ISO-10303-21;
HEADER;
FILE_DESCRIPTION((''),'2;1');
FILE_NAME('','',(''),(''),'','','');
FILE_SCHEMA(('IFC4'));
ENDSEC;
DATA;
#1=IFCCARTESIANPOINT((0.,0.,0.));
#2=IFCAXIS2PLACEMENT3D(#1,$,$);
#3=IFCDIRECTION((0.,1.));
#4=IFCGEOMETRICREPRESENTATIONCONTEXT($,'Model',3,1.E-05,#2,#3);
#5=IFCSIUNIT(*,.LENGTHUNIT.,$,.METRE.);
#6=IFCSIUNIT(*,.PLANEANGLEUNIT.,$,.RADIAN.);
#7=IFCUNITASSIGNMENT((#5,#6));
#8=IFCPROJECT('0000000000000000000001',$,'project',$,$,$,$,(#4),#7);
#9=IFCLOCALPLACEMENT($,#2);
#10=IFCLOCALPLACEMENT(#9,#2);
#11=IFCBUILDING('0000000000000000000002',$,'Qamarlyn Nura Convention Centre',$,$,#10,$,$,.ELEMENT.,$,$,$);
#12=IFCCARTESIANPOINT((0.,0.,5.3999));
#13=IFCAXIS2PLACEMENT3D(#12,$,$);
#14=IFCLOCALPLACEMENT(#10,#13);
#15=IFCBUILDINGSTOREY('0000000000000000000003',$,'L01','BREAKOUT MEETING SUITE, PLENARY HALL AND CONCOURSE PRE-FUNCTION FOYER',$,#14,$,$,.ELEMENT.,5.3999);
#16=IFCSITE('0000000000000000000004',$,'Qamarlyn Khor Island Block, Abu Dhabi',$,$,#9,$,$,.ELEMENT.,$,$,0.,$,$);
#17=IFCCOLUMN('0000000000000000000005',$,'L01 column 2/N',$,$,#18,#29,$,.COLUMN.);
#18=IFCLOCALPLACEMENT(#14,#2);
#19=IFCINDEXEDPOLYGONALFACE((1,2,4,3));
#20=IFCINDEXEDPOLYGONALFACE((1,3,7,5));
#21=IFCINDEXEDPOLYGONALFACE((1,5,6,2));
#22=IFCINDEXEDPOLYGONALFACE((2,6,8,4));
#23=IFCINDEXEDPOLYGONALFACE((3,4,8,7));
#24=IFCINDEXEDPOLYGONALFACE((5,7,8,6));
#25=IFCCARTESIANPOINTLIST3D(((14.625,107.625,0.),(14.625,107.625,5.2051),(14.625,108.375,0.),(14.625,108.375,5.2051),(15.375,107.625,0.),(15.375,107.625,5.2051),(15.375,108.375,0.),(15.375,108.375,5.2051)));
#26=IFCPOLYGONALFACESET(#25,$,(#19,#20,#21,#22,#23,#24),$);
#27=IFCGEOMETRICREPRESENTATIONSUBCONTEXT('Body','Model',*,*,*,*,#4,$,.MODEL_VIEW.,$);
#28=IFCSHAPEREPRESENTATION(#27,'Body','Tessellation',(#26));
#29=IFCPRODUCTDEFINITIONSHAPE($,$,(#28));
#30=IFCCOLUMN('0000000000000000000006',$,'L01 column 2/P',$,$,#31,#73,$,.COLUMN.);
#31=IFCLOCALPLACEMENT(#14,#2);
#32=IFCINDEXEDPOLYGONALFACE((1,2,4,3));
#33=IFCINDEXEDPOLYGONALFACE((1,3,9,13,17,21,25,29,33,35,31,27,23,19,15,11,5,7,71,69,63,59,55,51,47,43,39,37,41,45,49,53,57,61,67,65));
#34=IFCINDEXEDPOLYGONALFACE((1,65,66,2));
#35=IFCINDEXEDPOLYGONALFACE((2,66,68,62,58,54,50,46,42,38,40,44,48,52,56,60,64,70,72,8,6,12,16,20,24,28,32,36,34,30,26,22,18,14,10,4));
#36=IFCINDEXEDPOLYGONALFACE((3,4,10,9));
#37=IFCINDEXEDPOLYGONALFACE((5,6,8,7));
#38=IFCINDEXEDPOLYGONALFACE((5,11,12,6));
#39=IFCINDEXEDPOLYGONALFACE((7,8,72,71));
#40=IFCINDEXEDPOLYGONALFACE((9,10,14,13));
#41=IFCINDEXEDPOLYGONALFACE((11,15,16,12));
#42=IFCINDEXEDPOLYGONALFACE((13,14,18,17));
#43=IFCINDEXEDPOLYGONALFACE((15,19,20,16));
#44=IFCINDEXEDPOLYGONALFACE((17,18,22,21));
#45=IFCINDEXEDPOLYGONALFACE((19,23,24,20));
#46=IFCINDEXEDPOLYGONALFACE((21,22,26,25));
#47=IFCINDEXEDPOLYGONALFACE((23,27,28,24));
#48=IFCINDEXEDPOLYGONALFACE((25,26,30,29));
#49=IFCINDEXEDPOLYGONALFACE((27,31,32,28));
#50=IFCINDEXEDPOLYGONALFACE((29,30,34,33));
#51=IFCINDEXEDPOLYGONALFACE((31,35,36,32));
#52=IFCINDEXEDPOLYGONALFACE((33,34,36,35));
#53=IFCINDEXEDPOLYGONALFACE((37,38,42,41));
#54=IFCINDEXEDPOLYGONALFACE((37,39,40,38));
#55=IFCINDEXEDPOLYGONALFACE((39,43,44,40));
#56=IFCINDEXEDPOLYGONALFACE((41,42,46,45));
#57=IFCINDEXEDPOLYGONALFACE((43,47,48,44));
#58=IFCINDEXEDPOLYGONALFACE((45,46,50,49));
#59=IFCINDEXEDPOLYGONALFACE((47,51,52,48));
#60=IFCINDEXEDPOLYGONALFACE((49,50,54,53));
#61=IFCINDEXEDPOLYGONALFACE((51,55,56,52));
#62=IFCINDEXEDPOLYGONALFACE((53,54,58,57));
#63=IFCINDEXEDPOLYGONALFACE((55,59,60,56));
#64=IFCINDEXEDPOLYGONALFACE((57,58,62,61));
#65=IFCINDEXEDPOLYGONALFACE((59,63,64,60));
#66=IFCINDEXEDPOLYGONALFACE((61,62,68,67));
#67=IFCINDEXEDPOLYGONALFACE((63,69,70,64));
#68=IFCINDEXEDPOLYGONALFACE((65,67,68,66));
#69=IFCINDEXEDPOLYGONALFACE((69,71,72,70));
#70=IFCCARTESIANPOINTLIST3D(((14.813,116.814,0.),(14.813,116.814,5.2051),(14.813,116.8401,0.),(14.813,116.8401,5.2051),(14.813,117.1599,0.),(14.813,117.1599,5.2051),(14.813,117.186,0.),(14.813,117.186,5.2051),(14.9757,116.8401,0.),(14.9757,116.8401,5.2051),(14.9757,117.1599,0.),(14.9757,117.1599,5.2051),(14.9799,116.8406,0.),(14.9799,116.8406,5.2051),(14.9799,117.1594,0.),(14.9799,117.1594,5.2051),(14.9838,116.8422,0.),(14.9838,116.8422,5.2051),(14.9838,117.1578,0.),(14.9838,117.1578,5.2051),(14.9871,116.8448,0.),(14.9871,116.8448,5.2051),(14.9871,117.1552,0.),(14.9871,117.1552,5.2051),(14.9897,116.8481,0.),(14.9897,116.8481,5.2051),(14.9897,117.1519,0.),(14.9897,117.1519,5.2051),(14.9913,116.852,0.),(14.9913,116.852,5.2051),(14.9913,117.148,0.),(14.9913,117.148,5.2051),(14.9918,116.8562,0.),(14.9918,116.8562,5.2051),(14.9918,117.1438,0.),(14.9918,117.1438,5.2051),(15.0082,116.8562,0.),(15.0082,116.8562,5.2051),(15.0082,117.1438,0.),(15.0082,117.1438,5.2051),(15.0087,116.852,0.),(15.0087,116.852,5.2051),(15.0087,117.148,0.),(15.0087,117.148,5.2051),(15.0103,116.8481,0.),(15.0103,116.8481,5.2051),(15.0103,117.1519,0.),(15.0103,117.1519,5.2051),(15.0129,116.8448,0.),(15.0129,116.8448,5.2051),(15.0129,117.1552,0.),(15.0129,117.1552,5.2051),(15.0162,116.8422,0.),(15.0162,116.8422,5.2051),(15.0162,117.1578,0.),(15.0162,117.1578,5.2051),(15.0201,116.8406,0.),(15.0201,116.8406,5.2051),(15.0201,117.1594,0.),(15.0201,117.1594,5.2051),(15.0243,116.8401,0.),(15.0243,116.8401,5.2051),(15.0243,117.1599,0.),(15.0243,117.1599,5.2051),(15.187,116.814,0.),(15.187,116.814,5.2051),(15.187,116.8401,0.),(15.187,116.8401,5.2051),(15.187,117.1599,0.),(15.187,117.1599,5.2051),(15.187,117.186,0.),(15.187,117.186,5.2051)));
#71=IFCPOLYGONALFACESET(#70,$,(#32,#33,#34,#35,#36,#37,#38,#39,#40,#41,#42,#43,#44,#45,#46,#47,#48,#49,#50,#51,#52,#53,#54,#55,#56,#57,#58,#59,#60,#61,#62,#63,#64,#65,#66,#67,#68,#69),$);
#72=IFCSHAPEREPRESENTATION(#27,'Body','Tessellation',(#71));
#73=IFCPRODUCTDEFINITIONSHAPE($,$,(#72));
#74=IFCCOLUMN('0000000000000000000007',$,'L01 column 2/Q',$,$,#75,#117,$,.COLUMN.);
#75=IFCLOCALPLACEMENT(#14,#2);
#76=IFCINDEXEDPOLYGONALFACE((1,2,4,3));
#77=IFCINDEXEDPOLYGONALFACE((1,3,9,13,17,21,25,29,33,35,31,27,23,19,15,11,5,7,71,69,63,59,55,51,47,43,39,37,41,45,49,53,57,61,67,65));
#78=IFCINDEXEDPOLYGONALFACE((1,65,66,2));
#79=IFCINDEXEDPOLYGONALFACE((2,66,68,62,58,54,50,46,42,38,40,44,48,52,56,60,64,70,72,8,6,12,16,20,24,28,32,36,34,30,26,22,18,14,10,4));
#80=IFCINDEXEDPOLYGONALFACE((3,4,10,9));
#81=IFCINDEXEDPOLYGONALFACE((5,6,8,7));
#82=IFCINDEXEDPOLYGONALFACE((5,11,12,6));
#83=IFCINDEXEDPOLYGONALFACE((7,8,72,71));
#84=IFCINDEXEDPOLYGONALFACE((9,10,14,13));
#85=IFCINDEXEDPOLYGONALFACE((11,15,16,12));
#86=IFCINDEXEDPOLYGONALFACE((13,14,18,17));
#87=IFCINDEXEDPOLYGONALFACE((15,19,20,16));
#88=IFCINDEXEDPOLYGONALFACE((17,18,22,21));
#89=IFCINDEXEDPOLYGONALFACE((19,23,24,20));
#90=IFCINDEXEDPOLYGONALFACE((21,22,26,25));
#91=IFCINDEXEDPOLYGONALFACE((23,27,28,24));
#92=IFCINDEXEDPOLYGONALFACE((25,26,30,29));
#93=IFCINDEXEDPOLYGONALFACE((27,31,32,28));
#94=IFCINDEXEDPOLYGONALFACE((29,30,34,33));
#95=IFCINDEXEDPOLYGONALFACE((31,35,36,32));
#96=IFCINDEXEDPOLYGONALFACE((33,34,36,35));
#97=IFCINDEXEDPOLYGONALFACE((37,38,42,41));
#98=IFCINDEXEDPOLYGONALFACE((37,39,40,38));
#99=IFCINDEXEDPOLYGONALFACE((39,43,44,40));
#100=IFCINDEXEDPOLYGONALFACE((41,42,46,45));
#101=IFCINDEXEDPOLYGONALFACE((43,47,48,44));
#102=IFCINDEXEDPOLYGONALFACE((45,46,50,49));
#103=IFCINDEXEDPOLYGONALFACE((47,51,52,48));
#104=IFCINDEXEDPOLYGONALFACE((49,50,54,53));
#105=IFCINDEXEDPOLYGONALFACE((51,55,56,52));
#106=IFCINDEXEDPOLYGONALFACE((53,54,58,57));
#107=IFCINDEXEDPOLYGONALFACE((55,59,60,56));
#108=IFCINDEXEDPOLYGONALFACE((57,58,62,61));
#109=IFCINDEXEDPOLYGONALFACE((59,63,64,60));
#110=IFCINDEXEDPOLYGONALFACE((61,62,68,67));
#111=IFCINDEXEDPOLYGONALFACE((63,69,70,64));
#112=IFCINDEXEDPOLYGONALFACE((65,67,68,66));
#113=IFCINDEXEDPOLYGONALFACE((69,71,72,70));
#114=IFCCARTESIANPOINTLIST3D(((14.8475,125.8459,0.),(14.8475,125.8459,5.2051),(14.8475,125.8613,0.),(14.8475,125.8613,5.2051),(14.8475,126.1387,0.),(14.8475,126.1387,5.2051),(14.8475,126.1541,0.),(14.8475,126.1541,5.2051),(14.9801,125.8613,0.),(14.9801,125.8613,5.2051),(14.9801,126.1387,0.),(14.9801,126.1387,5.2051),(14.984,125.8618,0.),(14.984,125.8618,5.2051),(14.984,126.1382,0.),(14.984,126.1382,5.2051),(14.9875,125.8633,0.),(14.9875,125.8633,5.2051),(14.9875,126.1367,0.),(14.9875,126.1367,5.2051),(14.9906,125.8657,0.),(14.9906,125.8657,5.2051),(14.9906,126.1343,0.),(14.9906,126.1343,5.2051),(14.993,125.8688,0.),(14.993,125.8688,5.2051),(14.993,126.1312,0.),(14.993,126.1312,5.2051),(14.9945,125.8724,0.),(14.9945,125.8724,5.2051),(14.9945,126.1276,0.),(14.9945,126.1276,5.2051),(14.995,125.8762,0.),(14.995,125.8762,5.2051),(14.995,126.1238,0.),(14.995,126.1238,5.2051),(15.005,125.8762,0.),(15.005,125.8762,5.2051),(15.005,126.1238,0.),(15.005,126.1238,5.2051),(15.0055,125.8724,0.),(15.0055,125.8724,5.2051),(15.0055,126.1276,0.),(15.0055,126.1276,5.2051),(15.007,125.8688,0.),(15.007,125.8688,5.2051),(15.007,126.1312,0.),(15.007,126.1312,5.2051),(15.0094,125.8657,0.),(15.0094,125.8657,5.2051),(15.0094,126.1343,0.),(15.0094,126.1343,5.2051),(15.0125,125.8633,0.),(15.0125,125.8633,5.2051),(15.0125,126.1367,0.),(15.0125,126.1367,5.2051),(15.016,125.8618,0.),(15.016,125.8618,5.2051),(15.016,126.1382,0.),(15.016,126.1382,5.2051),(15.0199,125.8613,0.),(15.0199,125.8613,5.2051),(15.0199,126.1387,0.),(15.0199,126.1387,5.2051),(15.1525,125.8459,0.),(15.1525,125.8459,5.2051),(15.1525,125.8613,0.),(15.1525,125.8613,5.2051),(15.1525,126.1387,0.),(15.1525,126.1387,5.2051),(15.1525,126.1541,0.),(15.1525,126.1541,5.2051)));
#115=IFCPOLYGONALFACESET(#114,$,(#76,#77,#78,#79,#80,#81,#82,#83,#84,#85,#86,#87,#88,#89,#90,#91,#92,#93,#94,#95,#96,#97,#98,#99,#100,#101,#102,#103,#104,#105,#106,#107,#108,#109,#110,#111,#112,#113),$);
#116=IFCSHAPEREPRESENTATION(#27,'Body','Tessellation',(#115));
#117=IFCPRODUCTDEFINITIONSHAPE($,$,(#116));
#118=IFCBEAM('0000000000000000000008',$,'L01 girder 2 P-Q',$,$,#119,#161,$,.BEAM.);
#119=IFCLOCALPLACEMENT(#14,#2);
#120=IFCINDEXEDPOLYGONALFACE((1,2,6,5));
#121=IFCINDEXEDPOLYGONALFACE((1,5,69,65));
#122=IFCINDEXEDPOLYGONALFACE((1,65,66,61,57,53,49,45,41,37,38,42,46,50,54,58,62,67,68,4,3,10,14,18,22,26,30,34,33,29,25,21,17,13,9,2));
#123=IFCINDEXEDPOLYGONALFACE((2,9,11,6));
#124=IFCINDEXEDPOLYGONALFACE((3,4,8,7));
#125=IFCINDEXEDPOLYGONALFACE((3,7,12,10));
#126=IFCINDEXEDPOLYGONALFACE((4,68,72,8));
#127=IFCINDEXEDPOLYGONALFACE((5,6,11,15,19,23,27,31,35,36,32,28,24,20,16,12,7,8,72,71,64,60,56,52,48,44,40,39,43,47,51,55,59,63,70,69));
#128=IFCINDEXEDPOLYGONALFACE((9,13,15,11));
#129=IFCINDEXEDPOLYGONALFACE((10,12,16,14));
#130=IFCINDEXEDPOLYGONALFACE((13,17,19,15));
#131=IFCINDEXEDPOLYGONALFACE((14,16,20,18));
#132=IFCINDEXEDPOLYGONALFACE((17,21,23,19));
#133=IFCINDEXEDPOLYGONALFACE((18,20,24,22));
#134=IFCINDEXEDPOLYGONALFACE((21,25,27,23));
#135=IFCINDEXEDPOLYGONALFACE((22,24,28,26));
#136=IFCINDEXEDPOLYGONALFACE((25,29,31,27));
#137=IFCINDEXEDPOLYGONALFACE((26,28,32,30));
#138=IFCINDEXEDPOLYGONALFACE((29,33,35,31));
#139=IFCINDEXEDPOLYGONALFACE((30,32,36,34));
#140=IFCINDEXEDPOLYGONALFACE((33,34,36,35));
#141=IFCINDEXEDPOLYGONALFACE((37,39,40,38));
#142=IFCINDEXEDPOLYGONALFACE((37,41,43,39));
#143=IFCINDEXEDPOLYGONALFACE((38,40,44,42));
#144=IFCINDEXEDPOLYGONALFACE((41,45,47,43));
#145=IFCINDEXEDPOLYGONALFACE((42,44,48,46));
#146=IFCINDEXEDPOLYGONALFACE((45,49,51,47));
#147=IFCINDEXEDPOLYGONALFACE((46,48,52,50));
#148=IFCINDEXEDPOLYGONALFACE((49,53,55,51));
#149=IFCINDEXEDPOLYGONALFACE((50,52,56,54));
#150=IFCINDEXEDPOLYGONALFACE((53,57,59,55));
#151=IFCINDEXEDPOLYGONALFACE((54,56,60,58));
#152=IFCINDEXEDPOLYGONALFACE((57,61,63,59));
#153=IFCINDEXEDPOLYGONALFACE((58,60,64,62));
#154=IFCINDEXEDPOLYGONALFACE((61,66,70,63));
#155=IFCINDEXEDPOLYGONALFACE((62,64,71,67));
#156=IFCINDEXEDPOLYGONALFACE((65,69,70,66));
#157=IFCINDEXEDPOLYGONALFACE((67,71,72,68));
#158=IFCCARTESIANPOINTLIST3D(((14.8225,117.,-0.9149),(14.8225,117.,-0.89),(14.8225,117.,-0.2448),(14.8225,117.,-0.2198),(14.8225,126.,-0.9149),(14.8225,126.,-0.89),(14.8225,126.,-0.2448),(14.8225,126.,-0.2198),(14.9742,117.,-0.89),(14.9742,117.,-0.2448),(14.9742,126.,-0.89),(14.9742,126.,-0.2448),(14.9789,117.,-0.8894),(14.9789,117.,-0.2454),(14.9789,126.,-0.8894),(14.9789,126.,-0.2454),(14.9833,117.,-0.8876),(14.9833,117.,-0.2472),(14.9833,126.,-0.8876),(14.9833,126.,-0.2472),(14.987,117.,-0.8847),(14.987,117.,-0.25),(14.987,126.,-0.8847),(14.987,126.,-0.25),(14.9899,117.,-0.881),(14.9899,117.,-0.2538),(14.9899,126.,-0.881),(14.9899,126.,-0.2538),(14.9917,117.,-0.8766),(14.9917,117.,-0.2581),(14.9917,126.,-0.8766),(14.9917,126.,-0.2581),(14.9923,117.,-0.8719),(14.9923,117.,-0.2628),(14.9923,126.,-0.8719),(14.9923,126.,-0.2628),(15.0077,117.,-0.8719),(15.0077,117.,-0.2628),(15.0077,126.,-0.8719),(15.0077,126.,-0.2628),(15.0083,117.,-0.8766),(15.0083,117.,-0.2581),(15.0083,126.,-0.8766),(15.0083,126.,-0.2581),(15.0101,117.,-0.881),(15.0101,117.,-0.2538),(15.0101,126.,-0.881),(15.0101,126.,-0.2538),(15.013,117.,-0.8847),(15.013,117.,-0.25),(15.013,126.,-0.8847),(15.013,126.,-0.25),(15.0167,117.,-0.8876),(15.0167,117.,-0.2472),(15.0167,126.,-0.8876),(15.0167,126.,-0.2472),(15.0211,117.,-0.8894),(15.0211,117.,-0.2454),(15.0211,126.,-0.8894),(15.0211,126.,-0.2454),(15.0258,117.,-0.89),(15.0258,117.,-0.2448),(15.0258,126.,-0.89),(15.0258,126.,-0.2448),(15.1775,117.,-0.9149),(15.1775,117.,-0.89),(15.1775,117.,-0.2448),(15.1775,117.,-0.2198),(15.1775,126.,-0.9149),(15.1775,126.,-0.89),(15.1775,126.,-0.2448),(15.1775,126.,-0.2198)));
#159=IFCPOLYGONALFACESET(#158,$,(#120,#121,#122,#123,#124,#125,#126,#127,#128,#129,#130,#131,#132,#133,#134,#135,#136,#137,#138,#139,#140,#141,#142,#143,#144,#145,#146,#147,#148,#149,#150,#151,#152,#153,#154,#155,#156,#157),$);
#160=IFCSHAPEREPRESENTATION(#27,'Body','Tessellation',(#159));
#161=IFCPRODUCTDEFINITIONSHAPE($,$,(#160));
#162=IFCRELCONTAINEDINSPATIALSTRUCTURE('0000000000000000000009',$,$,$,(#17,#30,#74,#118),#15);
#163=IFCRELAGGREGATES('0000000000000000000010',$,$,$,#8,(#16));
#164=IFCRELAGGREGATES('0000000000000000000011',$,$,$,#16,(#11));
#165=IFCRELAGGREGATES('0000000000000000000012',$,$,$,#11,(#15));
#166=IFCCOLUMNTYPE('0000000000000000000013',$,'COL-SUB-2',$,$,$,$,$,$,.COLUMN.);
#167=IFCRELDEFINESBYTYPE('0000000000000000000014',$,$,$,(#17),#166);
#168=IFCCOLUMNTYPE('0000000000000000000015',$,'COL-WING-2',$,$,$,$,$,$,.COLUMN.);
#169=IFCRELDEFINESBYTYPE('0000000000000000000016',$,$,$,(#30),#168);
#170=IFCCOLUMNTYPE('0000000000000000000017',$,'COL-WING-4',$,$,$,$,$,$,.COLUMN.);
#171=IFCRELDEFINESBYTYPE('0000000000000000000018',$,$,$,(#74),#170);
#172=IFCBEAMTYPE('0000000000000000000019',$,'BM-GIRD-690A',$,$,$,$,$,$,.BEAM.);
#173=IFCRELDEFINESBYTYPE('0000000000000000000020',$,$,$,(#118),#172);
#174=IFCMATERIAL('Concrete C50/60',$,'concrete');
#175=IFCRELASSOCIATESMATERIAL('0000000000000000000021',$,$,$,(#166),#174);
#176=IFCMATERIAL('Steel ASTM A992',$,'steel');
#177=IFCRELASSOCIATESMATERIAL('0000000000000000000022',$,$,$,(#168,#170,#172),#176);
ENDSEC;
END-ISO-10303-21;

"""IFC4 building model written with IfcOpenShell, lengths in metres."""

from ifc_helpers import new_model, si_unit, direction, frame, origin, origin_2d, place, context, subcontext, project, spatial, rectangle, i_section, extrude, material, material_profile, profile_set, type_object, element, save


model = new_model("IFC4")

# Units and contexts
model_context = context("Model", 3, precision=1e-05, world=origin(), true_north=direction((0.0, 1.0)))
body_context = subcontext(model_context, "Body", "Model", "MODEL_VIEW")
ifc_project = project(units=[si_unit("LENGTHUNIT", "METRE"), si_unit("PLANEANGLEUNIT", "RADIAN")], contexts=[model_context])

# Site, building, storey
site_placement = place(None, origin())
site = spatial("IfcSite", under=ifc_project, at=site_placement, Name="Qamarlyn Khor Island Block, Abu Dhabi", CompositionType="ELEMENT", RefElevation=0.0)
building_placement = place(site_placement, origin())
building = spatial("IfcBuilding", under=site, at=building_placement, Name="Qamarlyn Nura Convention Centre", CompositionType="ELEMENT")
storey_placement = place(building_placement, frame((0.0, 0.0, 5.3999)))
storey = spatial("IfcBuildingStorey", under=building, at=storey_placement, Name="L01", Description="BREAKOUT MEETING SUITE, PLENARY HALL AND CONCOURSE PRE-FUNCTION FOYER", CompositionType="ELEMENT", Elevation=5.3999)

# Columns
ifc_material_1 = material(Name="Concrete C50/60", Category="concrete")
ifc_material_profile_1 = material_profile(ifc_material_1, rectangle(XDim=0.75, YDim=0.75, at=origin_2d()), Name="RC 750x750")
ifc_profile_set_1 = profile_set([ifc_material_profile_1], Name="Concrete C50/60")
column_type_1 = type_object("IfcColumnType", Name="COL-SUB-2", PredefinedType="COLUMN", material=ifc_profile_set_1)
column_1_placement = place(storey_placement, frame((15.0, 108.0, 0.0), z_axis=(0.0, 0.0, 1.0), x_axis=(1.0, 0.0, 0.0)))
element("IfcColumn", 1, at=column_1_placement, inside=storey, type_object=column_type_1, Name="L01 column 2/N", PredefinedType="COLUMN", context=body_context, shape_type="SweptSolid", body=[
    extrude(rectangle(XDim=0.75, YDim=0.75, at=origin_2d()), origin(), (0.0, 0.0, 1.0), 5.2051),
])
ifc_material_2 = material(Name="Steel ASTM A992", Category="steel")
ifc_material_profile_2 = material_profile(ifc_material_2, i_section(OverallWidth=0.374, OverallDepth=0.3721, WebThickness=0.0164, FlangeThickness=0.0261, FilletRadius=0.0161, at=origin_2d()), Name="W360X196")
ifc_profile_set_2 = profile_set([ifc_material_profile_2], Name="Steel ASTM A992")
column_type_2 = type_object("IfcColumnType", Name="COL-WING-2", PredefinedType="COLUMN", material=ifc_profile_set_2)
column_2_placement = place(storey_placement, frame((15.0, 117.0, 0.0), z_axis=(0.0, 0.0, 1.0), x_axis=(1.0, 0.0, 0.0)))
element("IfcColumn", 2, at=column_2_placement, inside=storey, type_object=column_type_2, Name="L01 column 2/P", PredefinedType="COLUMN", context=body_context, shape_type="SweptSolid", body=[
    extrude(i_section(OverallWidth=0.374, OverallDepth=0.3721, WebThickness=0.0164, FlangeThickness=0.0261, FilletRadius=0.0161, at=origin_2d()), origin(), (0.0, 0.0, 1.0), 5.2051),
])
ifc_material_profile_3 = material_profile(ifc_material_2, i_section(OverallWidth=0.3049, OverallDepth=0.3081, WebThickness=0.01, FlangeThickness=0.0154, FilletRadius=0.0149, at=origin_2d()), Name="W310X97")
ifc_profile_set_3 = profile_set([ifc_material_profile_3], Name="Steel ASTM A992")
column_type_3 = type_object("IfcColumnType", Name="COL-WING-4", PredefinedType="COLUMN", material=ifc_profile_set_3)
column_3_placement = place(storey_placement, frame((15.0, 126.0, 0.0), z_axis=(0.0, 0.0, 1.0), x_axis=(1.0, 0.0, 0.0)))
element("IfcColumn", 3, at=column_3_placement, inside=storey, type_object=column_type_3, Name="L01 column 2/Q", PredefinedType="COLUMN", context=body_context, shape_type="SweptSolid", body=[
    extrude(i_section(OverallWidth=0.3049, OverallDepth=0.3081, WebThickness=0.01, FlangeThickness=0.0154, FilletRadius=0.0149, at=origin_2d()), origin(), (0.0, 0.0, 1.0), 5.2051),
])

# Beam
ifc_material_profile_4 = material_profile(ifc_material_2, i_section(OverallWidth=0.355, OverallDepth=0.6951, WebThickness=0.0154, FlangeThickness=0.0249, FilletRadius=0.0181, at=origin_2d()), Name="W690X217")
ifc_profile_set_4 = profile_set([ifc_material_profile_4], Name="Steel ASTM A992")
beam_type_1 = type_object("IfcBeamType", Name="BM-GIRD-690A", PredefinedType="BEAM", material=ifc_profile_set_4)
beam_1_placement = place(storey_placement, frame((15.0, 117.0, -0.5674), z_axis=(0.0, 1.0, 0.0), x_axis=(-1.0, 0.0, 0.0)))
element("IfcBeam", 4, at=beam_1_placement, inside=storey, type_object=beam_type_1, Name="L01 girder 2 P-Q", PredefinedType="BEAM", context=body_context, shape_type="SweptSolid", body=[
    extrude(i_section(OverallWidth=0.355, OverallDepth=0.6951, WebThickness=0.0154, FlangeThickness=0.0249, FilletRadius=0.0181, at=origin_2d()), origin(), (0.0, 0.0, 1.0), 9.0),
])

save(model, "model.ifc")
